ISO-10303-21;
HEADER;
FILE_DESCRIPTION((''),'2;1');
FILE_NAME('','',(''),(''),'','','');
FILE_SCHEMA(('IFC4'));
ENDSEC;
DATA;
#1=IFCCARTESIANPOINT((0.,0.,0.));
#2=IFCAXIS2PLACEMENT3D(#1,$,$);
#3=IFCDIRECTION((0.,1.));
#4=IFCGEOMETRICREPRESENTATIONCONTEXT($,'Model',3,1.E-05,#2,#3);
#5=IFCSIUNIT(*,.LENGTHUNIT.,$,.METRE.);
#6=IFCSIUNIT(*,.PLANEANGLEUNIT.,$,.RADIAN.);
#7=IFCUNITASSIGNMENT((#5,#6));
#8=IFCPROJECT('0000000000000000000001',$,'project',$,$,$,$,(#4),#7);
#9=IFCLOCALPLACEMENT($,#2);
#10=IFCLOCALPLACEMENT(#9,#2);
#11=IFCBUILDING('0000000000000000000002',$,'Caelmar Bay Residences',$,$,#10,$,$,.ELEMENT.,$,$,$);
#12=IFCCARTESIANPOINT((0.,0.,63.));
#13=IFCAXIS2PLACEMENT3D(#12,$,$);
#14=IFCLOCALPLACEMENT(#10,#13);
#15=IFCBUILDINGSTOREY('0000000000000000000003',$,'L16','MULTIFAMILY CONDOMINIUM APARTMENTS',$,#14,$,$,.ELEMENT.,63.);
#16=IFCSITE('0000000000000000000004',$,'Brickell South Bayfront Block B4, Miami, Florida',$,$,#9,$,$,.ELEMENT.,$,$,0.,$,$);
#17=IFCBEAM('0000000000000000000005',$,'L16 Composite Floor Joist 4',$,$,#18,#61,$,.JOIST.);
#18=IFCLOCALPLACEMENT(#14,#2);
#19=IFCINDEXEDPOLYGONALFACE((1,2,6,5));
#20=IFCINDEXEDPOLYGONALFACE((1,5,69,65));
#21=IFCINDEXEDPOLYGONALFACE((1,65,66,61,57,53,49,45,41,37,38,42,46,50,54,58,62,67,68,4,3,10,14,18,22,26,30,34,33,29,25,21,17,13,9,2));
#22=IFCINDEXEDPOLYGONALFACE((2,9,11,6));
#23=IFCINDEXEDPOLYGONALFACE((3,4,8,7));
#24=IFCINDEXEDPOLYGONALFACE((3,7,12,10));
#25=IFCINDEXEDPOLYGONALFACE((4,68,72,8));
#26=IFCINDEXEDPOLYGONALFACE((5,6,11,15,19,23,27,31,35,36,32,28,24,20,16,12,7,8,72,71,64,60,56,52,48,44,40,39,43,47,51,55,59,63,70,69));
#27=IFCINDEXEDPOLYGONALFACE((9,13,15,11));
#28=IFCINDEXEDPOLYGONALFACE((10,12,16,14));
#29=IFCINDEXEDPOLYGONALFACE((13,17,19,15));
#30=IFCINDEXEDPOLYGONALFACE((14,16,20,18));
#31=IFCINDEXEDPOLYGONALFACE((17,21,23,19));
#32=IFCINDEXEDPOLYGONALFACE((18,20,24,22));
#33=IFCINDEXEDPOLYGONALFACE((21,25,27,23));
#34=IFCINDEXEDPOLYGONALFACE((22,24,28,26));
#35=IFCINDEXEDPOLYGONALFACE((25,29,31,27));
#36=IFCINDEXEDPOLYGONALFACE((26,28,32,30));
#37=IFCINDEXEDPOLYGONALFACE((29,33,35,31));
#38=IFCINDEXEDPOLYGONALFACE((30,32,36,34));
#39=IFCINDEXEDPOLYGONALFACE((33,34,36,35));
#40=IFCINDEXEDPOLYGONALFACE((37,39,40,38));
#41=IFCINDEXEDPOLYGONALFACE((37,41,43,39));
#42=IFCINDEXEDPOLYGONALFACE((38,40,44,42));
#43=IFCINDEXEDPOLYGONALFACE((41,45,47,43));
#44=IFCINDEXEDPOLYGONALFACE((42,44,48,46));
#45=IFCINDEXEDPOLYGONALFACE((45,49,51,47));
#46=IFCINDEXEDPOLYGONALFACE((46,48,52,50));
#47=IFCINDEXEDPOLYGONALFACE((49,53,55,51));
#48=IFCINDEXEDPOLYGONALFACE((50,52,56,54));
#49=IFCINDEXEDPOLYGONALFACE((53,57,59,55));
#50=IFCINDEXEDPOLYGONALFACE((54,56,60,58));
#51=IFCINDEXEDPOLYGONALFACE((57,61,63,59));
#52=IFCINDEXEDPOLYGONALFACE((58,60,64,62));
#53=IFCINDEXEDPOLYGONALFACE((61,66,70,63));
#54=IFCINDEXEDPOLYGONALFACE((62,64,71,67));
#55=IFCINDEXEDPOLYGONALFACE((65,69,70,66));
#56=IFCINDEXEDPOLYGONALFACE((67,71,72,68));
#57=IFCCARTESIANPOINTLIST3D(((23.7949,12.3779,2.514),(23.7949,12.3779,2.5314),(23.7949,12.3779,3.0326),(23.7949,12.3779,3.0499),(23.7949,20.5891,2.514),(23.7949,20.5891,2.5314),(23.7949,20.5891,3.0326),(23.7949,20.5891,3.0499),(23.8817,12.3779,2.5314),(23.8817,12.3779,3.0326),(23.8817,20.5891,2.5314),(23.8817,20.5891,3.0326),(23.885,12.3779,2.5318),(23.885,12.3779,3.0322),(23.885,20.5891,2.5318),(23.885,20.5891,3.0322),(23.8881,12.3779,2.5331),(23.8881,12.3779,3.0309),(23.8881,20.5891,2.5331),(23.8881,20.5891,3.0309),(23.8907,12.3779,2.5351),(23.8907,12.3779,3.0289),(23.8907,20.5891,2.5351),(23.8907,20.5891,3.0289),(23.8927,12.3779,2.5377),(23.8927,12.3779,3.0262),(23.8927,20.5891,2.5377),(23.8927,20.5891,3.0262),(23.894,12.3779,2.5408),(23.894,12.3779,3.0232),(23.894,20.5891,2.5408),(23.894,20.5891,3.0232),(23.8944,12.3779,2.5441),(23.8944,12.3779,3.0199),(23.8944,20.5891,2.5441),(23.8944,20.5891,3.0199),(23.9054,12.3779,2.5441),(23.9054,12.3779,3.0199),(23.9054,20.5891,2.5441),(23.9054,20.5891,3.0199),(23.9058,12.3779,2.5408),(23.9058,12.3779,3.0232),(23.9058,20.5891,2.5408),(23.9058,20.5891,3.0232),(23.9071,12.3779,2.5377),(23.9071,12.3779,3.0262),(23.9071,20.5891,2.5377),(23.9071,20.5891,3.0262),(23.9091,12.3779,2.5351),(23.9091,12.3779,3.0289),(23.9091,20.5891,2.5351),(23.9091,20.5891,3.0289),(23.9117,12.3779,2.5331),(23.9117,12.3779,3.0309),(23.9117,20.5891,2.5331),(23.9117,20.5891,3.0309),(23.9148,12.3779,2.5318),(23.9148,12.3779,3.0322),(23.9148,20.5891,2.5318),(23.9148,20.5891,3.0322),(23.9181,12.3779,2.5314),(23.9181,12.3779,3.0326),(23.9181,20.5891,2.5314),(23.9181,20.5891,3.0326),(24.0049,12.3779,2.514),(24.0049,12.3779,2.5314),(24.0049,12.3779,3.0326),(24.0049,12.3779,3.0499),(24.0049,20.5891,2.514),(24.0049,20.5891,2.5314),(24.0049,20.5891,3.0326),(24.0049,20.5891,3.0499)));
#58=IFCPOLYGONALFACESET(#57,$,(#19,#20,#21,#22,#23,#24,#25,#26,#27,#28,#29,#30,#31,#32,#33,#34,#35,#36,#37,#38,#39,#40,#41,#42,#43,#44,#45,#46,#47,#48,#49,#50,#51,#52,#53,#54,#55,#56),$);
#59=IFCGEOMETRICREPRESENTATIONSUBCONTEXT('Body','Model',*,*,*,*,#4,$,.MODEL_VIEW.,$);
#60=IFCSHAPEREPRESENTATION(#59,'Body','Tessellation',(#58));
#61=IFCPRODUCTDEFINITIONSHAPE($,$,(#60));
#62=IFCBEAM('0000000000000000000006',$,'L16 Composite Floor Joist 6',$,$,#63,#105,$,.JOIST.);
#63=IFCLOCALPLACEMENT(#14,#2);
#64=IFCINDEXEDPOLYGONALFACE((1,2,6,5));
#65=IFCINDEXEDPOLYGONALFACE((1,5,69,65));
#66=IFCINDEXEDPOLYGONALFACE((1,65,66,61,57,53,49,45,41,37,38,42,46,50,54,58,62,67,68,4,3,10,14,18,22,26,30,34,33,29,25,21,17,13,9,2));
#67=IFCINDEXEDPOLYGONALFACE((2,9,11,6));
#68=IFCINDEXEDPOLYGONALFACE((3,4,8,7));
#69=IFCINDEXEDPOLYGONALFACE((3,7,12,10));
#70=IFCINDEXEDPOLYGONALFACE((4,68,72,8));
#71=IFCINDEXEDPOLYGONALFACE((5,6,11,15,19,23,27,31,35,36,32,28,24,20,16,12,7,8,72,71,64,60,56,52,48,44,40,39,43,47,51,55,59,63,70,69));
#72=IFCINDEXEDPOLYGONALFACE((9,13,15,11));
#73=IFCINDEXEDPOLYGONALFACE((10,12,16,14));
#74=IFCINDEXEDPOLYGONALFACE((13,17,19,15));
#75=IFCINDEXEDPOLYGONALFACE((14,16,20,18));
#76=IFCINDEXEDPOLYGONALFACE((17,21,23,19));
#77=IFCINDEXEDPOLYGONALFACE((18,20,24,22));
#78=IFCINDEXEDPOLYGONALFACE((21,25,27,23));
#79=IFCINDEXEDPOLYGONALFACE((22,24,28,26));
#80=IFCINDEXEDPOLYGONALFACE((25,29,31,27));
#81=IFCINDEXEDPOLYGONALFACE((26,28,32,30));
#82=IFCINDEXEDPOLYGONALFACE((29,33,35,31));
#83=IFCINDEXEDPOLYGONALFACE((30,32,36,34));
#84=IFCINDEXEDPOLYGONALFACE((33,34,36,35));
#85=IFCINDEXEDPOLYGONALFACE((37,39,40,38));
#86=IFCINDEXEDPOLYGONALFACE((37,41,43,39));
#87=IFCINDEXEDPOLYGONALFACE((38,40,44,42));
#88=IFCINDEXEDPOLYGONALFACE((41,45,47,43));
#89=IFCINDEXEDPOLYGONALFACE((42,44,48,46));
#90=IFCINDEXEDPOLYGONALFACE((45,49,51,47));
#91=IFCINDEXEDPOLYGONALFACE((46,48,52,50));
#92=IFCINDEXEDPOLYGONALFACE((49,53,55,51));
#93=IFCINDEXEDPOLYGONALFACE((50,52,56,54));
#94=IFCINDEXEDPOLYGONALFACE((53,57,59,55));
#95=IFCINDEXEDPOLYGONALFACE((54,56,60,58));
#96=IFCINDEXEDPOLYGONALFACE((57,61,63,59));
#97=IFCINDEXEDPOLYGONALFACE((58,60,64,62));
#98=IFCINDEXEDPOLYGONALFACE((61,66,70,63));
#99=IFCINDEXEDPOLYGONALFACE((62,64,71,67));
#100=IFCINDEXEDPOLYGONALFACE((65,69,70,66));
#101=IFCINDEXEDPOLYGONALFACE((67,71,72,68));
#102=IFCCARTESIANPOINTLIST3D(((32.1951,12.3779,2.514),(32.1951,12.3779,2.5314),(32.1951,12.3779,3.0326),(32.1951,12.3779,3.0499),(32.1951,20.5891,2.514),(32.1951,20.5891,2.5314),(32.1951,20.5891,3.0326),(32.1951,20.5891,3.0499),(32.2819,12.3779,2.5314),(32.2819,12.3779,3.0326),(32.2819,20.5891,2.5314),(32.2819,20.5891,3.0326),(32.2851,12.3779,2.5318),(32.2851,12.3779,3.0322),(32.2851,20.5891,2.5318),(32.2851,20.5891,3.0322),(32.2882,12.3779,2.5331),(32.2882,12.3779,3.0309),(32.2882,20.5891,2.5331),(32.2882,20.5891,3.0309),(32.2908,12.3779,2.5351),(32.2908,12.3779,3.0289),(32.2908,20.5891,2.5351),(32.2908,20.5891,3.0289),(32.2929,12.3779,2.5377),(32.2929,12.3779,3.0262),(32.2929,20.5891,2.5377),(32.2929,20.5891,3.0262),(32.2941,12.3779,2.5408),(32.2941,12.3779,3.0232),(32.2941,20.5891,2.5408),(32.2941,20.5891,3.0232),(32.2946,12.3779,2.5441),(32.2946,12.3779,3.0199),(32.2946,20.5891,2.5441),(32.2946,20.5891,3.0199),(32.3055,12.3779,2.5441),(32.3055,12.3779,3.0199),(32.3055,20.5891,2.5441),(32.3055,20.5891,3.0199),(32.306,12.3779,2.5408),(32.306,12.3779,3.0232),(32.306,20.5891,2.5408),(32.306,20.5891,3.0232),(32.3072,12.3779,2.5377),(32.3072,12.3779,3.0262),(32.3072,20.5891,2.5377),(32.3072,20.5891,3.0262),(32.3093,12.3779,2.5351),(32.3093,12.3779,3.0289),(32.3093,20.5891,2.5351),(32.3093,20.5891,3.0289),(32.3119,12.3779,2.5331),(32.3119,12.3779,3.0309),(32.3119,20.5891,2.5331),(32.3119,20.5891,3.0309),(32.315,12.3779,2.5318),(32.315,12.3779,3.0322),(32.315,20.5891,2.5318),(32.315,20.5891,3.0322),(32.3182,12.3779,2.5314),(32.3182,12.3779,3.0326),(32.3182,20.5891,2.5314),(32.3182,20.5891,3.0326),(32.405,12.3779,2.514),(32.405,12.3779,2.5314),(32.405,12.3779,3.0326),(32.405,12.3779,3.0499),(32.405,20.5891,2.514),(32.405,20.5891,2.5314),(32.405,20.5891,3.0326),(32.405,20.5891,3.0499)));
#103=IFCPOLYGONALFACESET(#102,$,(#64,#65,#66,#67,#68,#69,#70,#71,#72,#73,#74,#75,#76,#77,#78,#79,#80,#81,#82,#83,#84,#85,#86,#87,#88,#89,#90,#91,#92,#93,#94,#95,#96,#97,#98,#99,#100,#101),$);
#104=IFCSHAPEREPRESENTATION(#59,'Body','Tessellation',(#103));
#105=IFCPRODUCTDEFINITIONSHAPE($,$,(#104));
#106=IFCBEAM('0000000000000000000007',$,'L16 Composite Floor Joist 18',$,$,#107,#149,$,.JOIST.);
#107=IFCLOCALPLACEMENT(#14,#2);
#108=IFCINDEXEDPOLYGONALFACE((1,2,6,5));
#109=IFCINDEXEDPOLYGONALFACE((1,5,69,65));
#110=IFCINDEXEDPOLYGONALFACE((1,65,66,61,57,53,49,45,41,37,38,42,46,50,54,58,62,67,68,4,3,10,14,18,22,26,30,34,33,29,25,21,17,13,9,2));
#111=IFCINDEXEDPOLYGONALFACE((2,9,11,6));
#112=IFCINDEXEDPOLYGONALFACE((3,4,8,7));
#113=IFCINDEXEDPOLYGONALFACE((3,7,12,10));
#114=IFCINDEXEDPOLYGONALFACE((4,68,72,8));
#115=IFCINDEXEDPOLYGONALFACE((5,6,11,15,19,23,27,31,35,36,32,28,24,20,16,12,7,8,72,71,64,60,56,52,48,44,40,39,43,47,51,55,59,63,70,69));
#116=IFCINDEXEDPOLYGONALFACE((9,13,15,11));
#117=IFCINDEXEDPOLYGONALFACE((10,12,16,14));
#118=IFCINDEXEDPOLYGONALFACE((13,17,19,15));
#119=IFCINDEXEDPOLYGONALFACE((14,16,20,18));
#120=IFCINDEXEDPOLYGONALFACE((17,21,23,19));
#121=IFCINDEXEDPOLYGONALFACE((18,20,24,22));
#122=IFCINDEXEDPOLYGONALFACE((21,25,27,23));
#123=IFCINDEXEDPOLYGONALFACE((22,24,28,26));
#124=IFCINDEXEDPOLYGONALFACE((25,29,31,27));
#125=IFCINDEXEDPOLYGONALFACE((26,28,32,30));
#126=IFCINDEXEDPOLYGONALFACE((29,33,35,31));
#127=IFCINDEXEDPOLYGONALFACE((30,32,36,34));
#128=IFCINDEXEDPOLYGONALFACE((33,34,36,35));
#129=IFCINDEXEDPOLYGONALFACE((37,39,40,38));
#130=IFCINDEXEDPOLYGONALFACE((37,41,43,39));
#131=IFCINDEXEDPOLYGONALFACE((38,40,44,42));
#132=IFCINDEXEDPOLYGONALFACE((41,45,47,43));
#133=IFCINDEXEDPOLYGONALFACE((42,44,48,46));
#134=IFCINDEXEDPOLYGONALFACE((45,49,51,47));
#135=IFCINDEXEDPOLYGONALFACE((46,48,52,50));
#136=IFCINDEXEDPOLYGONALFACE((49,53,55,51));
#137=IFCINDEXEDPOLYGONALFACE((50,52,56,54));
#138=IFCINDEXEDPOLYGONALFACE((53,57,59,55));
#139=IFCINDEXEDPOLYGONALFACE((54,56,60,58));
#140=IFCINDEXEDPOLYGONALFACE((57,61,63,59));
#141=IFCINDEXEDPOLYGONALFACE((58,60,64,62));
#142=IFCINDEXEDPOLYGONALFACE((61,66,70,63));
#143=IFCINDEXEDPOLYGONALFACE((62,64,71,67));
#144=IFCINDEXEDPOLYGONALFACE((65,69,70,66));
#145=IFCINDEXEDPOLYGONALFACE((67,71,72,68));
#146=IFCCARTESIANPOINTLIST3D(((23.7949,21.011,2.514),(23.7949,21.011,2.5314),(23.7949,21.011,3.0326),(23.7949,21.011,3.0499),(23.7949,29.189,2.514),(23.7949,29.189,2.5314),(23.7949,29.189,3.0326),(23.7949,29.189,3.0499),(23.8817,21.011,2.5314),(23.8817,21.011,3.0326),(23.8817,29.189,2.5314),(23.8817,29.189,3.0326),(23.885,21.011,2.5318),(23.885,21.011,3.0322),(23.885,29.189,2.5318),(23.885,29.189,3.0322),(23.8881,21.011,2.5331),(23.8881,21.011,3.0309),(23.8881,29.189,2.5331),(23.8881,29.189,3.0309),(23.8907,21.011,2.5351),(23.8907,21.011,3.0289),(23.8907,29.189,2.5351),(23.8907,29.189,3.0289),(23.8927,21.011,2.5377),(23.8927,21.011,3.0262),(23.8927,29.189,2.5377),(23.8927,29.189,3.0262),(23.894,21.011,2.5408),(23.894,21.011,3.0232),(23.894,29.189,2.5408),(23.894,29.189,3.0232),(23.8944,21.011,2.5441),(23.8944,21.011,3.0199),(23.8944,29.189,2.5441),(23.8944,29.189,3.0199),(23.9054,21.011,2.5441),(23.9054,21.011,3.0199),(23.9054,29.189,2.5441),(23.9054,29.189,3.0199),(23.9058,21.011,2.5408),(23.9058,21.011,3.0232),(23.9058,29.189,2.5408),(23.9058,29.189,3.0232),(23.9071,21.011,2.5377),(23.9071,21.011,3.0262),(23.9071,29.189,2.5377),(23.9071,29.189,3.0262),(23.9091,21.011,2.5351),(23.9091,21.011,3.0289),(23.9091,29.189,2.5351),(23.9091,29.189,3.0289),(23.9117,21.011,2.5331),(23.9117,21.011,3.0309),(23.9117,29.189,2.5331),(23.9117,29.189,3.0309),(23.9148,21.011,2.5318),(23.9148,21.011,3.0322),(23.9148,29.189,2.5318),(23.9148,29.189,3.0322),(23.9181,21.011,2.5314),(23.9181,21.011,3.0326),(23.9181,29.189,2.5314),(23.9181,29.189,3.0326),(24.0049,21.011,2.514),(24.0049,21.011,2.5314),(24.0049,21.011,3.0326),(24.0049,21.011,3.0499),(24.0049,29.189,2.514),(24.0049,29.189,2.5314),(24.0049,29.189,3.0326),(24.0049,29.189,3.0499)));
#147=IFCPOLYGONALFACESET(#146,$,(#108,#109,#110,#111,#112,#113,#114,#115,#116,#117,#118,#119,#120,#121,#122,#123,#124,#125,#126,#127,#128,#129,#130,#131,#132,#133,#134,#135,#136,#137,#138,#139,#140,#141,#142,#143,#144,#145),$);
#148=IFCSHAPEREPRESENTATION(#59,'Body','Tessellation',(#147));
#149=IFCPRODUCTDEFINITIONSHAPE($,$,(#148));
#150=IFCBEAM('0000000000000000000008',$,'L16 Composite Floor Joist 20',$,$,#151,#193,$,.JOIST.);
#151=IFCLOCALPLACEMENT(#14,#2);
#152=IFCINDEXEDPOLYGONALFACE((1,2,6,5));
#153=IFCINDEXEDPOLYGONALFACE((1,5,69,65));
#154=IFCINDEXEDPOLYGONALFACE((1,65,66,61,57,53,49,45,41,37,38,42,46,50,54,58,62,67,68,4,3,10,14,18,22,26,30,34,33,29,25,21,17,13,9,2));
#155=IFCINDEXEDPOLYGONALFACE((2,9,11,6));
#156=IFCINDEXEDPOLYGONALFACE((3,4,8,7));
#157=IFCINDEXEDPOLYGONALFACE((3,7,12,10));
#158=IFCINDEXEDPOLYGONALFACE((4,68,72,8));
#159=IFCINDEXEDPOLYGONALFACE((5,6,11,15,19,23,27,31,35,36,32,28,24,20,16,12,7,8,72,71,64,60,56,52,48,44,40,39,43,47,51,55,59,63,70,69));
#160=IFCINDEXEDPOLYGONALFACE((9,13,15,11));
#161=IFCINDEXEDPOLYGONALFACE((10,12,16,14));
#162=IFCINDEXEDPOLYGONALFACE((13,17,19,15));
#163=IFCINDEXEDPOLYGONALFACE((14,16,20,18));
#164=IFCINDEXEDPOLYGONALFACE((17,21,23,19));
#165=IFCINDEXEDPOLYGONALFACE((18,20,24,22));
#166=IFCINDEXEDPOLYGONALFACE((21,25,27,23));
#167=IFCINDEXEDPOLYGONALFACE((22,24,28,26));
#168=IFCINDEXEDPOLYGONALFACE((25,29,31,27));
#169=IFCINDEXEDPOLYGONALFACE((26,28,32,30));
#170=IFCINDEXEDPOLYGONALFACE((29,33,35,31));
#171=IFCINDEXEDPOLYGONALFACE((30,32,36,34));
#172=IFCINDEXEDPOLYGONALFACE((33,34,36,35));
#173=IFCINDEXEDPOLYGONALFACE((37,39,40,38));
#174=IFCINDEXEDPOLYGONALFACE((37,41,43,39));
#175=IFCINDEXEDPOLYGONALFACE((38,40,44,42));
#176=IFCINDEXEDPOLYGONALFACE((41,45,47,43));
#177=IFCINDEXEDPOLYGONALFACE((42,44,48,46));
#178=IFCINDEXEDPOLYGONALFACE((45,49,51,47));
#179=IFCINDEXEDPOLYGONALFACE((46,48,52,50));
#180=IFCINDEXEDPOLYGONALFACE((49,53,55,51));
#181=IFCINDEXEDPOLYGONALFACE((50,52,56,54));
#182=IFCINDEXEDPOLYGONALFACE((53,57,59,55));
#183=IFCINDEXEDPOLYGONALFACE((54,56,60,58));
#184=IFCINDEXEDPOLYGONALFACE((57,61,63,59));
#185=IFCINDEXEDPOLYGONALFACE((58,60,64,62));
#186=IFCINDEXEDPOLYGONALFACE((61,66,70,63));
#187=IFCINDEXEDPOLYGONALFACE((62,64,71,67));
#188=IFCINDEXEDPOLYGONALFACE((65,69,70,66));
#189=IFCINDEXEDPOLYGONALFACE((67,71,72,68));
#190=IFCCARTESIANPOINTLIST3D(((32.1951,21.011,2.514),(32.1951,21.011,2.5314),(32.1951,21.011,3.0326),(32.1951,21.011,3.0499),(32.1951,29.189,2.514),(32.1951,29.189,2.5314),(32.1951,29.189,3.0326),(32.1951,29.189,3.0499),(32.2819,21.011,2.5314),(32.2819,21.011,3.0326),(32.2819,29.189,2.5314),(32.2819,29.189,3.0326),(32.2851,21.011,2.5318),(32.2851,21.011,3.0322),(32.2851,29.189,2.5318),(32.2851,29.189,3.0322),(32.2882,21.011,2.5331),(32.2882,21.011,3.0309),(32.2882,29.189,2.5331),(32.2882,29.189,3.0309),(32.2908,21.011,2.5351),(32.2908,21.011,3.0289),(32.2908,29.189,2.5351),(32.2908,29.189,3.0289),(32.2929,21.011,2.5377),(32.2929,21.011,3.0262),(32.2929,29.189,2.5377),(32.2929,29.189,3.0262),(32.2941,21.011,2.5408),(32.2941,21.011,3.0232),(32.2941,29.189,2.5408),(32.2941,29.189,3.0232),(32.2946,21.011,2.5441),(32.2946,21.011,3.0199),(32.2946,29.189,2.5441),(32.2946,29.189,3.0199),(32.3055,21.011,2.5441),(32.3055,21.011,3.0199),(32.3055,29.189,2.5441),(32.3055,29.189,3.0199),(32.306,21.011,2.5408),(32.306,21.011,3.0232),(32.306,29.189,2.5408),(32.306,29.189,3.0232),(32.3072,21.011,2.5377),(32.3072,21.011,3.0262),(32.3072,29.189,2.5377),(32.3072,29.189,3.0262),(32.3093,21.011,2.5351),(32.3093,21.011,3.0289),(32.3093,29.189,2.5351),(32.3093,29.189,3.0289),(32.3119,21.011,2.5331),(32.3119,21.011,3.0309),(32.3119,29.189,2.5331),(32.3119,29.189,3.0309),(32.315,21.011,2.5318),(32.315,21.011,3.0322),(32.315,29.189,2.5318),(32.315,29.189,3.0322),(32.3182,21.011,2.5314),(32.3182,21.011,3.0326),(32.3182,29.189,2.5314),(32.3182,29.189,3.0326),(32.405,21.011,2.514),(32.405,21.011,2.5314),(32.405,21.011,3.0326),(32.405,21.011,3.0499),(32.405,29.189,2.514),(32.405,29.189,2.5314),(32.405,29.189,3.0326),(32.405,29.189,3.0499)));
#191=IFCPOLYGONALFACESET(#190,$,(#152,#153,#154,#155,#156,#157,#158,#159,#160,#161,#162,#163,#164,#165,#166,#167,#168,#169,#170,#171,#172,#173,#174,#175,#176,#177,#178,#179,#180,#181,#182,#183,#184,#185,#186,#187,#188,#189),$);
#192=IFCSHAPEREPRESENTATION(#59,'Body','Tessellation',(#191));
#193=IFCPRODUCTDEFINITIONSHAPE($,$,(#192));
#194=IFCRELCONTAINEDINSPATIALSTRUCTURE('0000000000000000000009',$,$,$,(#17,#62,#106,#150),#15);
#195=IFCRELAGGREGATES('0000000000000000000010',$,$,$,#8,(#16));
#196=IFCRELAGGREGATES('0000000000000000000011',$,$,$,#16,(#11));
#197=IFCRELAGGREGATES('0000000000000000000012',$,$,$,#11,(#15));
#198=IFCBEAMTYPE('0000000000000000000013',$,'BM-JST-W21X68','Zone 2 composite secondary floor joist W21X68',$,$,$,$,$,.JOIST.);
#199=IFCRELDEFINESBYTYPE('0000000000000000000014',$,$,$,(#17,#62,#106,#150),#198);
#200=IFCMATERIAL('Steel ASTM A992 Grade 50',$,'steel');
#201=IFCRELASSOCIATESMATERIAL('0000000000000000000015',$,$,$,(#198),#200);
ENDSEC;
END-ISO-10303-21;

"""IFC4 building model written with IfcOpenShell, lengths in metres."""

from ifc_helpers import new_model, si_unit, direction, frame, origin, origin_2d, place, context, subcontext, project, spatial, i_section, extrude, material, material_profile, profile_set, type_object, element, save


model = new_model("IFC4")

# Units and contexts
model_context = context("Model", 3, precision=1e-05, world=origin(), true_north=direction((0.0, 1.0)))
body_context = subcontext(model_context, "Body", "Model", "MODEL_VIEW")
ifc_project = project(units=[si_unit("LENGTHUNIT", "METRE"), si_unit("PLANEANGLEUNIT", "RADIAN")], contexts=[model_context])

# Site, building, storey
site_placement = place(None, origin())
site = spatial("IfcSite", under=ifc_project, at=site_placement, Name="Brickell South Bayfront Block B4, Miami, Florida", CompositionType="ELEMENT", RefElevation=0.0)
building_placement = place(site_placement, origin())
building = spatial("IfcBuilding", under=site, at=building_placement, Name="Caelmar Bay Residences", CompositionType="ELEMENT")
storey_placement = place(building_placement, frame((0.0, 0.0, 63.0)))
storey = spatial("IfcBuildingStorey", under=building, at=storey_placement, Name="L16", Description="MULTIFAMILY CONDOMINIUM APARTMENTS", CompositionType="ELEMENT", Elevation=63.0)

# Beams
ifc_material_1 = material(Name="Steel ASTM A992 Grade 50", Category="steel")
ifc_material_profile_1 = material_profile(ifc_material_1, i_section(OverallWidth=0.21, OverallDepth=0.5359, WebThickness=0.011, FlangeThickness=0.0173, FilletRadius=0.0127, at=origin_2d()), Name="W21X68")
ifc_profile_set_1 = profile_set([ifc_material_profile_1], Name="Steel ASTM A992 Grade 50")
beam_type_1 = type_object("IfcBeamType", Name="BM-JST-W21X68", Description="Zone 2 composite secondary floor joist W21X68", PredefinedType="JOIST", material=ifc_profile_set_1)
for number, where, z_axis, x_axis, name in (
    (1, (23.8999, 12.3779, 2.782), (0.0, 1.0, 0.0), (-1.0, 0.0, 0.0), "L16 Composite Floor Joist 4"),
    (2, (32.3, 12.3779, 2.782), (0.0, 1.0, 0.0), (-1.0, 0.0, 0.0), "L16 Composite Floor Joist 6"),
):
    element("IfcBeam", number, at=place(storey_placement, frame(where, z_axis=z_axis, x_axis=x_axis)), inside=storey, type_object=beam_type_1, Name=name, PredefinedType="JOIST", context=body_context, shape_type="SweptSolid", body=[
        extrude(i_section(OverallWidth=0.21, OverallDepth=0.5359, WebThickness=0.011, FlangeThickness=0.0173, FilletRadius=0.0127, at=origin_2d()), origin(), (0.0, 0.0, 1.0), 8.2112),
    ])
for number, where, z_axis, x_axis, name in (
    (3, (23.8999, 21.011, 2.782), (0.0, 1.0, 0.0), (-1.0, 0.0, 0.0), "L16 Composite Floor Joist 18"),
    (4, (32.3, 21.011, 2.782), (0.0, 1.0, 0.0), (-1.0, 0.0, 0.0), "L16 Composite Floor Joist 20"),
):
    element("IfcBeam", number, at=place(storey_placement, frame(where, z_axis=z_axis, x_axis=x_axis)), inside=storey, type_object=beam_type_1, Name=name, PredefinedType="JOIST", context=body_context, shape_type="SweptSolid", body=[
        extrude(i_section(OverallWidth=0.21, OverallDepth=0.5359, WebThickness=0.011, FlangeThickness=0.0173, FilletRadius=0.0127, at=origin_2d()), origin(), (0.0, 0.0, 1.0), 8.178),
    ])

save(model, "model.ifc")
